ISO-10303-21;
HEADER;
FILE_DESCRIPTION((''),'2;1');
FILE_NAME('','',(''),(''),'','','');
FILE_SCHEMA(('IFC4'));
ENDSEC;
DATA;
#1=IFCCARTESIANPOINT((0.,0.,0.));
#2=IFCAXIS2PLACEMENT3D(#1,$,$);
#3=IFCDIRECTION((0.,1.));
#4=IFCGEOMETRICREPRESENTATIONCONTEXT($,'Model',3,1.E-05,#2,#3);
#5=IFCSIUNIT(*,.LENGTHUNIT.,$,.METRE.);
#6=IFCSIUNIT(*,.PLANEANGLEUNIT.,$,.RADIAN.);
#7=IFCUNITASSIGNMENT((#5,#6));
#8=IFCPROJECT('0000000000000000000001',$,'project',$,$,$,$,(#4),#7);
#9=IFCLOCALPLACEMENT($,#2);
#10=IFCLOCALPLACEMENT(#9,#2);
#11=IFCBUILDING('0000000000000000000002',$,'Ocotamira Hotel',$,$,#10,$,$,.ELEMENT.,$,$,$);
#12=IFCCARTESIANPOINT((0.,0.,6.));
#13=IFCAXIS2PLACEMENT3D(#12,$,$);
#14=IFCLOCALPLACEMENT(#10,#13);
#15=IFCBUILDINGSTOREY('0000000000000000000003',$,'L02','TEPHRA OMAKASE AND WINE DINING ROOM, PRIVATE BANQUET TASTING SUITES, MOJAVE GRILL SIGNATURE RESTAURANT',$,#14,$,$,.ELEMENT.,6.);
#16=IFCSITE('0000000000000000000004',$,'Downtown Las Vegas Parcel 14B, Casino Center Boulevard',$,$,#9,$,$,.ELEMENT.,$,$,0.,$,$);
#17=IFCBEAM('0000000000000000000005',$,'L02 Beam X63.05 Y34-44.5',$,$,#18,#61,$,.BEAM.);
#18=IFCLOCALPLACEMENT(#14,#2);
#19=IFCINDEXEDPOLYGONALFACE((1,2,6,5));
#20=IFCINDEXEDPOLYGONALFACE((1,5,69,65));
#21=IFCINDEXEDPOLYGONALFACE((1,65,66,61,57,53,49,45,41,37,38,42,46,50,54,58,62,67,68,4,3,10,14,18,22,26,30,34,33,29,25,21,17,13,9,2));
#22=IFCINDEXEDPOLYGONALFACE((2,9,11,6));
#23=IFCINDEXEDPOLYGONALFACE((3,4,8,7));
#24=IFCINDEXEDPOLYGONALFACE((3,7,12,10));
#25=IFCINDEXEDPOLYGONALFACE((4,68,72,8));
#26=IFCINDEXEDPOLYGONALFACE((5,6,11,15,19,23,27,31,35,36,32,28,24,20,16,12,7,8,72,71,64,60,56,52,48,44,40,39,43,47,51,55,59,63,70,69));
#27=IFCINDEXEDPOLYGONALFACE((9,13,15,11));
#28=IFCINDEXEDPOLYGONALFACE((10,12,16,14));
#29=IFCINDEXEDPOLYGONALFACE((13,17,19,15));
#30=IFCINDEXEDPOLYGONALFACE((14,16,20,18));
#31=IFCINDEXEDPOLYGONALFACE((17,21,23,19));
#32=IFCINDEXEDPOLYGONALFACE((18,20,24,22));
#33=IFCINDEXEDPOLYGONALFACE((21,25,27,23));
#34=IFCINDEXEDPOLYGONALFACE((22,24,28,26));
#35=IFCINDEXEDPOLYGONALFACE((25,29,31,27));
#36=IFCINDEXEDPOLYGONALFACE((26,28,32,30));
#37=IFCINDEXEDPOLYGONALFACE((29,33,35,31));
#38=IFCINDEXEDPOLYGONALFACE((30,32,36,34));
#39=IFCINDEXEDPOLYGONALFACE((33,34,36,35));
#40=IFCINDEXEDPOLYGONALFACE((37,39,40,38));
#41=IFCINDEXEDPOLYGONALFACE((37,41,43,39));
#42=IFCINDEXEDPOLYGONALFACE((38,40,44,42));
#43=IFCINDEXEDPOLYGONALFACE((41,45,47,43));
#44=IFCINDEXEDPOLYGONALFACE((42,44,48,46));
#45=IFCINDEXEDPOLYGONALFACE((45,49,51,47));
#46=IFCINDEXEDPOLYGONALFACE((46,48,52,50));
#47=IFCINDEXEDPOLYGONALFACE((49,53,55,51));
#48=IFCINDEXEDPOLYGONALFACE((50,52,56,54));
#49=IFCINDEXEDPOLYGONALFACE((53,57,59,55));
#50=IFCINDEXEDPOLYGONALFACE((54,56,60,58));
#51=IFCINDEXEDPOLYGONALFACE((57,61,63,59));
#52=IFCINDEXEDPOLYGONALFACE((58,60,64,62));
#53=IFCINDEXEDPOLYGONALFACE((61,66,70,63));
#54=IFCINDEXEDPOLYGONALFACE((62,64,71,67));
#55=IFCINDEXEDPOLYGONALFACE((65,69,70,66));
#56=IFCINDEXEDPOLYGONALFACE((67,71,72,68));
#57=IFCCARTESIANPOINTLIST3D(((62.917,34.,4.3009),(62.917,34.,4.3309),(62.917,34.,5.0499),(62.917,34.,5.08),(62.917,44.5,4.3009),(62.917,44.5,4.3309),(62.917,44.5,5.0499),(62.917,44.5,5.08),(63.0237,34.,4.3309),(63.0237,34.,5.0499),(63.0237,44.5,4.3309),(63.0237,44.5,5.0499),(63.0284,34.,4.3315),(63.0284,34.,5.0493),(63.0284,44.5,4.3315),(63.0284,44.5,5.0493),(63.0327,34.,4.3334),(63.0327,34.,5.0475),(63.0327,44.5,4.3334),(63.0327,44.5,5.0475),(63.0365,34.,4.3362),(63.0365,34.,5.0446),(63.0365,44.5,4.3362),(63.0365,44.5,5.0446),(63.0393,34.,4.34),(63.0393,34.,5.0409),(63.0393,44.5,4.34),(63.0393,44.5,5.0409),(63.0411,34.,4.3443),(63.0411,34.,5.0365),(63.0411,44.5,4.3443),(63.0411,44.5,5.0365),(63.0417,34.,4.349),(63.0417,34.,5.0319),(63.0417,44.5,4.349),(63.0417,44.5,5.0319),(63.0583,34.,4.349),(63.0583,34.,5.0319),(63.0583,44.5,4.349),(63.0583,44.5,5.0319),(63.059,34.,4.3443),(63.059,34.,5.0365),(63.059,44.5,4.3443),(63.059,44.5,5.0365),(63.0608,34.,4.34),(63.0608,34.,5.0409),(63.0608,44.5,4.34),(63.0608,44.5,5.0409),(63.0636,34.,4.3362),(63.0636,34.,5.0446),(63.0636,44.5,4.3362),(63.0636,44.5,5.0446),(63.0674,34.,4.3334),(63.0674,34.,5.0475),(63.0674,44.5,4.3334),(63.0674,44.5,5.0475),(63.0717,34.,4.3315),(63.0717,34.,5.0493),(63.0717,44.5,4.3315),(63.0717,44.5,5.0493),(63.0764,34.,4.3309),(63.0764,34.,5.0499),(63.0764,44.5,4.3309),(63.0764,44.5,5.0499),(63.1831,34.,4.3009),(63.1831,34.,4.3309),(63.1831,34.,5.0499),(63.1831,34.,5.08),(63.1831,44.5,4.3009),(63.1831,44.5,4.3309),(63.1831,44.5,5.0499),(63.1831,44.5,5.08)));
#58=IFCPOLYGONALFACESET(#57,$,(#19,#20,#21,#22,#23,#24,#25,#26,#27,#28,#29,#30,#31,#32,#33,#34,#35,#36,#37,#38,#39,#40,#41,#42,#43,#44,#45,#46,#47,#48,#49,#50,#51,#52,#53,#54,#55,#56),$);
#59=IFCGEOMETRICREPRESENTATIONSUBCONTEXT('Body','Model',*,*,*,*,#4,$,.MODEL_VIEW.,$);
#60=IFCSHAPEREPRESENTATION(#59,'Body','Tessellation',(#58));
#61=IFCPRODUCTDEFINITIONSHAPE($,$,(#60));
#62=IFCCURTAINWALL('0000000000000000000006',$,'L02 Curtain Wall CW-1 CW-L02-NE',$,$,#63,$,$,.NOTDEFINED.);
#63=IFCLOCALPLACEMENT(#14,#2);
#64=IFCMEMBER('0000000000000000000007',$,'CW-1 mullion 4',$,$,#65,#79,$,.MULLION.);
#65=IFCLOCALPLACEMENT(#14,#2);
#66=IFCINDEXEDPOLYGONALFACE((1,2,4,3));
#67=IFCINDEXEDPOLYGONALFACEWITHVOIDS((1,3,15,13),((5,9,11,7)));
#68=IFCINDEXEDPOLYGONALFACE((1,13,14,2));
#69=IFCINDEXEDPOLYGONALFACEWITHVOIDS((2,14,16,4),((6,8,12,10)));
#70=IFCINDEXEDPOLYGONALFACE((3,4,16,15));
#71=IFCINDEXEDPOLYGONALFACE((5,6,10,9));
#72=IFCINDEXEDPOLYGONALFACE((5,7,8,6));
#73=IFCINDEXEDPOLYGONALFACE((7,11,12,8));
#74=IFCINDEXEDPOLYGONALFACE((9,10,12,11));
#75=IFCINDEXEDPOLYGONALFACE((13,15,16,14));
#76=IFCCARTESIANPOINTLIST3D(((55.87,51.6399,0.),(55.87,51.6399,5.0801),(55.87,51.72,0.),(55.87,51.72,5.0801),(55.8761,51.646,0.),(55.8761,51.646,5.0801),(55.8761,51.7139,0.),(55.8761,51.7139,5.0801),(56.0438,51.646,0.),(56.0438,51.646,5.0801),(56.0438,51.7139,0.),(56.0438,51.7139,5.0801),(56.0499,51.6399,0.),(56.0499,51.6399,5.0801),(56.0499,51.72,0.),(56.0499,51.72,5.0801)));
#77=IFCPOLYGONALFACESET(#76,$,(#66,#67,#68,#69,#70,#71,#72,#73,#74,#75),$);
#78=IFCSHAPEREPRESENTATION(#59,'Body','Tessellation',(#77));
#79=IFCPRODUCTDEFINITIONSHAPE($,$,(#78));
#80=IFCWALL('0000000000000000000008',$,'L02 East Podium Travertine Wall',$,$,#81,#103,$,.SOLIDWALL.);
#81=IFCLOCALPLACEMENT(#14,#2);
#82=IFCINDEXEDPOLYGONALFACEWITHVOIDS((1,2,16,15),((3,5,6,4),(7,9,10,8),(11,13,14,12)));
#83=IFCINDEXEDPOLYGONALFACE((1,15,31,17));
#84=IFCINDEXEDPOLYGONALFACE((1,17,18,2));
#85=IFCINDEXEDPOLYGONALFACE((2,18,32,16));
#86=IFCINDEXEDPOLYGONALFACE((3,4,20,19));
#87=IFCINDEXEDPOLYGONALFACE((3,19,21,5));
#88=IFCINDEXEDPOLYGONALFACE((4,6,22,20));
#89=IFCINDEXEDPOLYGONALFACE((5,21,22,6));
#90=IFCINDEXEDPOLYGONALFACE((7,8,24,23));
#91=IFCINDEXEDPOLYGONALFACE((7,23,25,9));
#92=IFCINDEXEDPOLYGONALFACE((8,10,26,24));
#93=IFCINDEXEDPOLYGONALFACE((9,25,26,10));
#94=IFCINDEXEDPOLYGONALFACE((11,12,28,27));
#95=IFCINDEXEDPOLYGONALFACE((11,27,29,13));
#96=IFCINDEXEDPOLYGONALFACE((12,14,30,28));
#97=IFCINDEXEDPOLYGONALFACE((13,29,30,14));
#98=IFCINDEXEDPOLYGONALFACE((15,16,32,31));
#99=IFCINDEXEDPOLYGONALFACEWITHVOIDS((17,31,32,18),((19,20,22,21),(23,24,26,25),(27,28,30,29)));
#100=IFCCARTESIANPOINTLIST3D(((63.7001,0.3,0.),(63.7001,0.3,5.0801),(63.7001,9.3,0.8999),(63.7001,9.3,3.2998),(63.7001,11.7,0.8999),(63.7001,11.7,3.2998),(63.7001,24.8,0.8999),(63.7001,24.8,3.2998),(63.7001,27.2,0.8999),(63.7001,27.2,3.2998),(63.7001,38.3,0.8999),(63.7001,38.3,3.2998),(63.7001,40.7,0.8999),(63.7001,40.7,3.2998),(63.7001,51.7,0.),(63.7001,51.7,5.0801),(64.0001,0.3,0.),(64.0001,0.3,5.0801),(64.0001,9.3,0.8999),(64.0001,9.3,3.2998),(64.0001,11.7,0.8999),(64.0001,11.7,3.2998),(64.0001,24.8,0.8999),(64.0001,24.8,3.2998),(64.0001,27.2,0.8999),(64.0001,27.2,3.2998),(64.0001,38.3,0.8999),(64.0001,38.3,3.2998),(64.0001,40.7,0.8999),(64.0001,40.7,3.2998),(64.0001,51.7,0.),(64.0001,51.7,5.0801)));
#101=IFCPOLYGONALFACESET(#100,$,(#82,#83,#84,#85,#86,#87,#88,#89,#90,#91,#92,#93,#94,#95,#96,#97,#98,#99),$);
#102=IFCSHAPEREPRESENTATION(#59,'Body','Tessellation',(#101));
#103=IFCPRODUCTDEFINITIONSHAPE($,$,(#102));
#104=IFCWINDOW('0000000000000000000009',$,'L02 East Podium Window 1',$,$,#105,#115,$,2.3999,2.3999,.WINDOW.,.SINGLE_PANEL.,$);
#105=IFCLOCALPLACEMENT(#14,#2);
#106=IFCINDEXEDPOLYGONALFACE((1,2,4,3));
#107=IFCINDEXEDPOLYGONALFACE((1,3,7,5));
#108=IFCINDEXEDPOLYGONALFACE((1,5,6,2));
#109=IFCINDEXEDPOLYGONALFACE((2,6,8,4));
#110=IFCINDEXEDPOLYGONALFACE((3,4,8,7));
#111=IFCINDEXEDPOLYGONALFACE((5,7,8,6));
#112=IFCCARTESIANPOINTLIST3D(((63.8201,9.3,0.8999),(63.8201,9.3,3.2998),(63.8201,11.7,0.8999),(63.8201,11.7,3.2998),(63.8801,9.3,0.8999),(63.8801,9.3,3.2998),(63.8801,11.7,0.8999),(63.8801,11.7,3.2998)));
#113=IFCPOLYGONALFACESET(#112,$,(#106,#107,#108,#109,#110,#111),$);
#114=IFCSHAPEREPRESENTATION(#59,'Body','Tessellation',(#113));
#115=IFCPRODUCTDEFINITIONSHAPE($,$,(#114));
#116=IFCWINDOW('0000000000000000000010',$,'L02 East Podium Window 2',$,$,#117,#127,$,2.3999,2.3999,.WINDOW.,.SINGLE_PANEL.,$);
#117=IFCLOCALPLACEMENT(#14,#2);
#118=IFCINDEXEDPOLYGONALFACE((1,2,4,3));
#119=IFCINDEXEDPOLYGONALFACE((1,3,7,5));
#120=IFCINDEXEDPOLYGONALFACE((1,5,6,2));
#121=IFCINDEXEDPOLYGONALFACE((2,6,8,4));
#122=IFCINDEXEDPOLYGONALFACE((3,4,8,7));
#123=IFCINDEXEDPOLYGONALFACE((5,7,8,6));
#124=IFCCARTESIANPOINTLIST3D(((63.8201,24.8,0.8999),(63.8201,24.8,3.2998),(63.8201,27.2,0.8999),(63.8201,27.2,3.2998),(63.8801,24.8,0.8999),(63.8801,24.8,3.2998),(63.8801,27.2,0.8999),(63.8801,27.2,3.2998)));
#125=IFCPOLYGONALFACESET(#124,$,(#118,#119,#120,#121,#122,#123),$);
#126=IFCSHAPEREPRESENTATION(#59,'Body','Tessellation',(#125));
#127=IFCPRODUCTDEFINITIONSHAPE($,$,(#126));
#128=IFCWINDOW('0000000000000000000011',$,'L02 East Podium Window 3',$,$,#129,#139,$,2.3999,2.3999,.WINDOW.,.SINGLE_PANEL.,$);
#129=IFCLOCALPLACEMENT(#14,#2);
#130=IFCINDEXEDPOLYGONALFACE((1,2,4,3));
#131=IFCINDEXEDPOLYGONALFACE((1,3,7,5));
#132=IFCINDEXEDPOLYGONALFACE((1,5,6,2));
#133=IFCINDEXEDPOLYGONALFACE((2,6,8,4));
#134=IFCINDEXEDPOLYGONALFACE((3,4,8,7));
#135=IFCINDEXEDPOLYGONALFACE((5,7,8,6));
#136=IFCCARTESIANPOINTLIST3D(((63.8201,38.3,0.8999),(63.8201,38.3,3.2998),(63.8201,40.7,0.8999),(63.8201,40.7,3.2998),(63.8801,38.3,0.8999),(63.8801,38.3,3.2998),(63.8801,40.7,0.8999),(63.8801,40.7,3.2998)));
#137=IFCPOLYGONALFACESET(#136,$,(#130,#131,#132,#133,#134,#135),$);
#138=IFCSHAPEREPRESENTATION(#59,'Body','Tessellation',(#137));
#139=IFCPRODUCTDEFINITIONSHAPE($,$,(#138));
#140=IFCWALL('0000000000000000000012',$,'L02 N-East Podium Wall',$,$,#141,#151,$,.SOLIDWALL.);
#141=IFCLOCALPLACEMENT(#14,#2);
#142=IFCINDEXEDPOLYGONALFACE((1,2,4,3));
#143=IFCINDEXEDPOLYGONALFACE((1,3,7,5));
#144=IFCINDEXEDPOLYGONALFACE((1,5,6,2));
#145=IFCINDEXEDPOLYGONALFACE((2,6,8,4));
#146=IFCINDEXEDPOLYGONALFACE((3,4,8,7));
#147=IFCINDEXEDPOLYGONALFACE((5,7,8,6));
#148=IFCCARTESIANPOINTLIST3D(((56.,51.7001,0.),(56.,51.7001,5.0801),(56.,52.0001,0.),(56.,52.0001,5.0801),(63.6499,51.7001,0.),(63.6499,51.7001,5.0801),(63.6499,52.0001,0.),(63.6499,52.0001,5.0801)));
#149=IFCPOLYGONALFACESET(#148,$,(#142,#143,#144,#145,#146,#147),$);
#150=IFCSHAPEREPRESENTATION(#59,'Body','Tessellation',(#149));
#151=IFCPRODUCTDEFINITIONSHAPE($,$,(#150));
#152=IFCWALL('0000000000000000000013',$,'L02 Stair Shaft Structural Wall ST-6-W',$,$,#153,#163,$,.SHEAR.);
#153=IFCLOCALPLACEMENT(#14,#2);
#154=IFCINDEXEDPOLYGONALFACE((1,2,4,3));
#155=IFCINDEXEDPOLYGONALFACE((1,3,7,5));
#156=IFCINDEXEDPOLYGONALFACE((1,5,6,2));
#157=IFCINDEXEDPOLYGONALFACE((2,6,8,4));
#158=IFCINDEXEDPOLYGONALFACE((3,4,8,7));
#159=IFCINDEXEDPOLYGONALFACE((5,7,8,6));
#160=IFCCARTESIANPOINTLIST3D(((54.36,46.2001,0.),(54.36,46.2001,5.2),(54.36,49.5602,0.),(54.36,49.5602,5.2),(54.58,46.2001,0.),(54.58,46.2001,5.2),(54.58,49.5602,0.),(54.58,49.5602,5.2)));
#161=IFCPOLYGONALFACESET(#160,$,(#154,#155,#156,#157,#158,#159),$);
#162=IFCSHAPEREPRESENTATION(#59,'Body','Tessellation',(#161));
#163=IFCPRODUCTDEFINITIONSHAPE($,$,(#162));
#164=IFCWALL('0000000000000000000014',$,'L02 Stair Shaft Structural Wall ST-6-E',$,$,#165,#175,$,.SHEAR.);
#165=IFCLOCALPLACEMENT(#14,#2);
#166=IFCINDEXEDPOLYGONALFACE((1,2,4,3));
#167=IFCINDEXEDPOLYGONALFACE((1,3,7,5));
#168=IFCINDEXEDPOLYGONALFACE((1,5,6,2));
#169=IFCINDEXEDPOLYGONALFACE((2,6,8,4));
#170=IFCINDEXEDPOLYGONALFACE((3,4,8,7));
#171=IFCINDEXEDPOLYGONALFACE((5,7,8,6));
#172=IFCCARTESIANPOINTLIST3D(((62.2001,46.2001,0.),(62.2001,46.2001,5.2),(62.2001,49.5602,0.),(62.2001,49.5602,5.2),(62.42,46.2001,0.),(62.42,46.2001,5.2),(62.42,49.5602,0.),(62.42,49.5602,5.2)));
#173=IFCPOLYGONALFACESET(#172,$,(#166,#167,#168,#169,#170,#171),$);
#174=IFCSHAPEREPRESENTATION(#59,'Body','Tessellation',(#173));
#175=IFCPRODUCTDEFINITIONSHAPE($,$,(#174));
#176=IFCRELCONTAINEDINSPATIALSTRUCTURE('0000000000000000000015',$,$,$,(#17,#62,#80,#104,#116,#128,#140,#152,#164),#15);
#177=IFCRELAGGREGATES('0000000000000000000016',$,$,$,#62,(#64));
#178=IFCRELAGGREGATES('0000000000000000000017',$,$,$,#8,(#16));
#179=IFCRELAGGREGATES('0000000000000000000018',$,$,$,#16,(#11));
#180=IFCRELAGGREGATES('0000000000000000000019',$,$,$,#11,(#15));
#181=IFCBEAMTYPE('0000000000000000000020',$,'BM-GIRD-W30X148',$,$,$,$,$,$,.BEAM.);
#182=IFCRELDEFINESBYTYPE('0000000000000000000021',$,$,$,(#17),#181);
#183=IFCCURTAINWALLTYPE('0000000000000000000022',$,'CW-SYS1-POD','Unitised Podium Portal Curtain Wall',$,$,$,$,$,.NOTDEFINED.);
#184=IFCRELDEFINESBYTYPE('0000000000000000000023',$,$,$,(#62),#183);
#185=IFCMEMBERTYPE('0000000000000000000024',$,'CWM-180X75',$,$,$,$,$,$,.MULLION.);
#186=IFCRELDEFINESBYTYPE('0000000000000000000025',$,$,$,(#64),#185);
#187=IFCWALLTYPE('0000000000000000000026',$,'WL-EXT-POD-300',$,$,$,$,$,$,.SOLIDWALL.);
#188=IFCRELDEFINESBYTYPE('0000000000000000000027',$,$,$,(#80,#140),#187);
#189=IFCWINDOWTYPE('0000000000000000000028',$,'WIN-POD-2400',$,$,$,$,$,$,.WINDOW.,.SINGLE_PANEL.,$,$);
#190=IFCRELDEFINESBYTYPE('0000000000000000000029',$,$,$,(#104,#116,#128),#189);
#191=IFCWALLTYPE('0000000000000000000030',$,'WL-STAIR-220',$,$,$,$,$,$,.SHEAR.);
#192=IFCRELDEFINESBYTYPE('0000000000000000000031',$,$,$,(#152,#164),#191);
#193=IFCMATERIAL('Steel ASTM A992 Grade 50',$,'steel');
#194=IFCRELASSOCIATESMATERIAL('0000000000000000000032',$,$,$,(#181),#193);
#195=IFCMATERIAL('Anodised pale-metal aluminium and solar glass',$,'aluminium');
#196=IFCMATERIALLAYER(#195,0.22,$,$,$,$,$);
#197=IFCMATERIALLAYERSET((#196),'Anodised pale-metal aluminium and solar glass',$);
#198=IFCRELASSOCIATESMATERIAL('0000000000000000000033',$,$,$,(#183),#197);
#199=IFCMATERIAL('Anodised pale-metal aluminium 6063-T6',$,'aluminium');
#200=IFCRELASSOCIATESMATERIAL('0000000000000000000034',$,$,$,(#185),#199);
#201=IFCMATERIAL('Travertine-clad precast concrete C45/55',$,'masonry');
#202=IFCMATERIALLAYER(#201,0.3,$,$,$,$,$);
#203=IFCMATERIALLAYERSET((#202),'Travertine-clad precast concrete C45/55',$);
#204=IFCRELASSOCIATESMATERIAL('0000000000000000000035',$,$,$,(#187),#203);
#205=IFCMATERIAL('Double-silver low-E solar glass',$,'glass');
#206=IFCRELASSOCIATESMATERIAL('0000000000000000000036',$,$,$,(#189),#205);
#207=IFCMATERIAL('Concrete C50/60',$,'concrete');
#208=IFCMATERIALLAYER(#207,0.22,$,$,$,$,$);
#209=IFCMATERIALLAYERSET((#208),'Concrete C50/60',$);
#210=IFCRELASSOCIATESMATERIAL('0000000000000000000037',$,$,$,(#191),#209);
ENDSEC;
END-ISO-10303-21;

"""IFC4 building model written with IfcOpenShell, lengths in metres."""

from ifc_helpers import new_model, si_unit, direction, frame, frame_2d, origin, origin_2d, place, context, subcontext, project, spatial, rectangle, hollow_rectangle, i_section, extrude, source, transform, mapped, material, layer, layer_set, material_profile, profile_set, type_object, element, fill, aggregate, save


model = new_model("IFC4")

# Units and contexts
model_context = context("Model", 3, precision=1e-05, world=origin(), true_north=direction((0.0, 1.0)))
body_context = subcontext(model_context, "Body", "Model", "MODEL_VIEW")
ifc_project = project(units=[si_unit("LENGTHUNIT", "METRE"), si_unit("PLANEANGLEUNIT", "RADIAN")], contexts=[model_context])

# Site, building, storey
site_placement = place(None, origin())
site = spatial("IfcSite", under=ifc_project, at=site_placement, Name="Downtown Las Vegas Parcel 14B, Casino Center Boulevard", CompositionType="ELEMENT", RefElevation=0.0)
building_placement = place(site_placement, origin())
building = spatial("IfcBuilding", under=site, at=building_placement, Name="Ocotamira Hotel", CompositionType="ELEMENT")
storey_placement = place(building_placement, frame((0.0, 0.0, 6.0)))
storey = spatial("IfcBuildingStorey", under=building, at=storey_placement, Name="L02", Description="TEPHRA OMAKASE AND WINE DINING ROOM, PRIVATE BANQUET TASTING SUITES, MOJAVE GRILL SIGNATURE RESTAURANT", CompositionType="ELEMENT", Elevation=6.0)

# Beam
ifc_material_1 = material(Name="Steel ASTM A992 Grade 50", Category="steel")
ifc_material_profile_1 = material_profile(ifc_material_1, i_section(OverallWidth=0.2661, OverallDepth=0.7791, WebThickness=0.0166, FlangeThickness=0.03, FilletRadius=0.0181, at=origin_2d()), Name="W30X148")
ifc_profile_set_1 = profile_set([ifc_material_profile_1], Name="Steel ASTM A992 Grade 50")
beam_type_1 = type_object("IfcBeamType", Name="BM-GIRD-W30X148", PredefinedType="BEAM", material=ifc_profile_set_1)
shared_shape_1 = source(origin(), body_context, "Body", "SweptSolid", [
    extrude(i_section(OverallWidth=0.2661, OverallDepth=0.7791, WebThickness=0.0166, FlangeThickness=0.03, FilletRadius=0.0181, at=origin_2d()), origin(), (0.0, 0.0, 1.0), 10.5),
])
beam_placement = place(storey_placement, frame((63.05, 34.0, 4.6904), z_axis=(0.0, 1.0, 0.0), x_axis=(-1.0, 0.0, 0.0)))
element("IfcBeam", 1, at=beam_placement, inside=storey, type_object=beam_type_1, Name="L02 Beam X63.05 Y34-44.5", PredefinedType="BEAM", context=body_context, shape_type="MappedRepresentation", body=[
    mapped(shared_shape_1, transform((0.0, 0.0, 0.0), scale=1.0)),
])

# Curtain wall, member
ifc_material_2 = material(Name="Anodised pale-metal aluminium and solar glass", Category="aluminium")
ifc_layer_1 = layer(ifc_material_2, 0.22)
ifc_layer_set_1 = layer_set([ifc_layer_1], Name="Anodised pale-metal aluminium and solar glass")
curtain_wall_type = type_object("IfcCurtainWallType", Name="CW-SYS1-POD", Description="Unitised Podium Portal Curtain Wall", PredefinedType="NOTDEFINED", material=ifc_layer_set_1)
curtain_wall_placement = place(storey_placement, origin())
curtain_wall = element("IfcCurtainWall", 2, at=curtain_wall_placement, inside=storey, type_object=curtain_wall_type, Name="L02 Curtain Wall CW-1 CW-L02-NE", PredefinedType="NOTDEFINED")
ifc_material_3 = material(Name="Anodised pale-metal aluminium 6063-T6", Category="aluminium")
ifc_material_profile_2 = material_profile(ifc_material_3, hollow_rectangle(XDim=0.0801, YDim=0.1799, WallThickness=0.0061, at=origin_2d()), Name="HSS180X80X6")
ifc_profile_set_2 = profile_set([ifc_material_profile_2], Name="Anodised pale-metal aluminium 6063-T6")
member_type = type_object("IfcMemberType", Name="CWM-180X75", PredefinedType="MULLION", material=ifc_profile_set_2)
shared_shape_2 = source(origin(), body_context, "Body", "SweptSolid", [
    extrude(hollow_rectangle(XDim=0.0801, YDim=0.1799, WallThickness=0.0061, at=origin_2d()), origin(), (0.0, 0.0, 1.0), 5.0801),
])
member_placement = place(storey_placement, frame((55.96, 51.6799, 0.0), z_axis=(0.0, 0.0, 1.0), x_axis=(0.0, 1.0, 0.0)))
member = element("IfcMember", 3, at=member_placement, type_object=member_type, Name="CW-1 mullion 4", PredefinedType="MULLION", context=body_context, shape_type="MappedRepresentation", body=[
    mapped(shared_shape_2, transform((0.0, 0.0, 0.0), scale=1.0)),
])
aggregate(curtain_wall, [member])

# Wall, openings, windows
ifc_material_4 = material(Name="Travertine-clad precast concrete C45/55", Category="masonry")
ifc_layer_2 = layer(ifc_material_4, 0.3)
ifc_layer_set_2 = layer_set([ifc_layer_2], Name="Travertine-clad precast concrete C45/55")
wall_type_1 = type_object("IfcWallType", Name="WL-EXT-POD-300", PredefinedType="SOLIDWALL", material=ifc_layer_set_2)
wall_1_placement = place(storey_placement, frame((63.8501, 51.7, 0.0), z_axis=(0.0, 0.0, 1.0), x_axis=(0.0, -1.0, 0.0)))
wall_1 = element("IfcWall", 4, at=wall_1_placement, inside=storey, type_object=wall_type_1, Name="L02 East Podium Travertine Wall", PredefinedType="SOLIDWALL", context=body_context, shape_type="SweptSolid", body=[
    extrude(rectangle(XDim=51.3999, YDim=0.3, at=frame_2d((25.7, 0.0))), origin(), (0.0, 0.0, 1.0), 5.0801),
])
opening_1_placement = place(wall_1_placement, frame((40.0, 0.0, 0.8999)))
opening_1 = element("IfcOpeningElement", 5, at=opening_1_placement, cuts=wall_1, PredefinedType="OPENING", context=body_context, shape_type="SweptSolid", body=[
    extrude(rectangle(XDim=2.3999, YDim=2.3999, at=frame_2d((1.2, 1.2))), frame((0.0, 0.1602, 0.0), z_axis=(0.0, -1.0, 0.0), x_axis=(1.0, 0.0, 0.0)), (0.0, 0.0, 1.0), 0.3201),
])
opening_2_placement = place(wall_1_placement, frame((24.5, 0.0, 0.8999)))
opening_2 = element("IfcOpeningElement", 6, at=opening_2_placement, cuts=wall_1, PredefinedType="OPENING", context=body_context, shape_type="SweptSolid", body=[
    extrude(rectangle(XDim=2.3999, YDim=2.3999, at=frame_2d((1.2, 1.2))), frame((0.0, 0.1602, 0.0), z_axis=(0.0, -1.0, 0.0), x_axis=(1.0, 0.0, 0.0)), (0.0, 0.0, 1.0), 0.3201),
])
opening_3_placement = place(wall_1_placement, frame((11.0, 0.0, 0.8999)))
opening_3 = element("IfcOpeningElement", 7, at=opening_3_placement, cuts=wall_1, PredefinedType="OPENING", context=body_context, shape_type="SweptSolid", body=[
    extrude(rectangle(XDim=2.3999, YDim=2.3999, at=frame_2d((1.2, 1.2))), frame((0.0, 0.1602, 0.0), z_axis=(0.0, -1.0, 0.0), x_axis=(1.0, 0.0, 0.0)), (0.0, 0.0, 1.0), 0.3201),
])
ifc_material_5 = material(Name="Double-silver low-E solar glass", Category="glass")
window_type = type_object("IfcWindowType", Name="WIN-POD-2400", PartitioningType="SINGLE_PANEL", PredefinedType="WINDOW", material=ifc_material_5)
shared_shape_3 = source(origin(), body_context, "Body", "SweptSolid", [
    extrude(rectangle(XDim=2.3999, YDim=2.3999, at=frame_2d((1.2, 1.2))), frame((0.0, 0.03, 0.0), z_axis=(0.0, -1.0, 0.0), x_axis=(1.0, 0.0, 0.0)), (0.0, 0.0, 1.0), 0.0601),
])
window_1_placement = place(opening_1_placement, origin())
window_1 = element("IfcWindow", 8, at=window_1_placement, inside=storey, type_object=window_type, Name="L02 East Podium Window 1", OverallHeight=2.3999, OverallWidth=2.3999, PartitioningType="SINGLE_PANEL", PredefinedType="WINDOW", context=body_context, shape_type="MappedRepresentation", body=[
    mapped(shared_shape_3, transform((0.0, 0.0, 0.0), scale=1.0)),
])
fill(opening_1, window_1)
window_2_placement = place(opening_2_placement, origin())
window_2 = element("IfcWindow", 9, at=window_2_placement, inside=storey, type_object=window_type, Name="L02 East Podium Window 2", OverallHeight=2.3999, OverallWidth=2.3999, PartitioningType="SINGLE_PANEL", PredefinedType="WINDOW", context=body_context, shape_type="MappedRepresentation", body=[
    mapped(shared_shape_3, transform((0.0, 0.0, 0.0), scale=1.0)),
])
fill(opening_2, window_2)
window_3_placement = place(opening_3_placement, origin())
window_3 = element("IfcWindow", 10, at=window_3_placement, inside=storey, type_object=window_type, Name="L02 East Podium Window 3", OverallHeight=2.3999, OverallWidth=2.3999, PartitioningType="SINGLE_PANEL", PredefinedType="WINDOW", context=body_context, shape_type="MappedRepresentation", body=[
    mapped(shared_shape_3, transform((0.0, 0.0, 0.0), scale=1.0)),
])
fill(opening_3, window_3)

# Walls
wall_2_placement = place(storey_placement, frame((56.0, 51.8501, 0.0), z_axis=(0.0, 0.0, 1.0), x_axis=(1.0, 0.0, 0.0)))
element("IfcWall", 11, at=wall_2_placement, inside=storey, type_object=wall_type_1, Name="L02 N-East Podium Wall", PredefinedType="SOLIDWALL", context=body_context, shape_type="SweptSolid", body=[
    extrude(rectangle(XDim=7.6499, YDim=0.3, at=frame_2d((3.825, 0.0))), origin(), (0.0, 0.0, 1.0), 5.0801),
])
ifc_material_6 = material(Name="Concrete C50/60", Category="concrete")
ifc_layer_3 = layer(ifc_material_6, 0.22)
ifc_layer_set_3 = layer_set([ifc_layer_3], Name="Concrete C50/60")
wall_type_2 = type_object("IfcWallType", Name="WL-STAIR-220", PredefinedType="SHEAR", material=ifc_layer_set_3)
for number, where, z_axis, x_axis, name in (
    (12, (54.47, 46.2, 0.0), (0.0, 0.0, 1.0), (0.0, 1.0, 0.0), "L02 Stair Shaft Structural Wall ST-6-W"),
    (13, (62.3101, 46.2, 0.0), (0.0, 0.0, 1.0), (0.0, 1.0, 0.0), "L02 Stair Shaft Structural Wall ST-6-E"),
):
    element("IfcWall", number, at=place(storey_placement, frame(where, z_axis=z_axis, x_axis=x_axis)), inside=storey, type_object=wall_type_2, Name=name, PredefinedType="SHEAR", context=body_context, shape_type="SweptSolid", body=[
        extrude(rectangle(XDim=3.3601, YDim=0.22, at=frame_2d((1.6802, 0.0))), origin(), (0.0, 0.0, 1.0), 5.2),
    ])

save(model, "model.ifc")
